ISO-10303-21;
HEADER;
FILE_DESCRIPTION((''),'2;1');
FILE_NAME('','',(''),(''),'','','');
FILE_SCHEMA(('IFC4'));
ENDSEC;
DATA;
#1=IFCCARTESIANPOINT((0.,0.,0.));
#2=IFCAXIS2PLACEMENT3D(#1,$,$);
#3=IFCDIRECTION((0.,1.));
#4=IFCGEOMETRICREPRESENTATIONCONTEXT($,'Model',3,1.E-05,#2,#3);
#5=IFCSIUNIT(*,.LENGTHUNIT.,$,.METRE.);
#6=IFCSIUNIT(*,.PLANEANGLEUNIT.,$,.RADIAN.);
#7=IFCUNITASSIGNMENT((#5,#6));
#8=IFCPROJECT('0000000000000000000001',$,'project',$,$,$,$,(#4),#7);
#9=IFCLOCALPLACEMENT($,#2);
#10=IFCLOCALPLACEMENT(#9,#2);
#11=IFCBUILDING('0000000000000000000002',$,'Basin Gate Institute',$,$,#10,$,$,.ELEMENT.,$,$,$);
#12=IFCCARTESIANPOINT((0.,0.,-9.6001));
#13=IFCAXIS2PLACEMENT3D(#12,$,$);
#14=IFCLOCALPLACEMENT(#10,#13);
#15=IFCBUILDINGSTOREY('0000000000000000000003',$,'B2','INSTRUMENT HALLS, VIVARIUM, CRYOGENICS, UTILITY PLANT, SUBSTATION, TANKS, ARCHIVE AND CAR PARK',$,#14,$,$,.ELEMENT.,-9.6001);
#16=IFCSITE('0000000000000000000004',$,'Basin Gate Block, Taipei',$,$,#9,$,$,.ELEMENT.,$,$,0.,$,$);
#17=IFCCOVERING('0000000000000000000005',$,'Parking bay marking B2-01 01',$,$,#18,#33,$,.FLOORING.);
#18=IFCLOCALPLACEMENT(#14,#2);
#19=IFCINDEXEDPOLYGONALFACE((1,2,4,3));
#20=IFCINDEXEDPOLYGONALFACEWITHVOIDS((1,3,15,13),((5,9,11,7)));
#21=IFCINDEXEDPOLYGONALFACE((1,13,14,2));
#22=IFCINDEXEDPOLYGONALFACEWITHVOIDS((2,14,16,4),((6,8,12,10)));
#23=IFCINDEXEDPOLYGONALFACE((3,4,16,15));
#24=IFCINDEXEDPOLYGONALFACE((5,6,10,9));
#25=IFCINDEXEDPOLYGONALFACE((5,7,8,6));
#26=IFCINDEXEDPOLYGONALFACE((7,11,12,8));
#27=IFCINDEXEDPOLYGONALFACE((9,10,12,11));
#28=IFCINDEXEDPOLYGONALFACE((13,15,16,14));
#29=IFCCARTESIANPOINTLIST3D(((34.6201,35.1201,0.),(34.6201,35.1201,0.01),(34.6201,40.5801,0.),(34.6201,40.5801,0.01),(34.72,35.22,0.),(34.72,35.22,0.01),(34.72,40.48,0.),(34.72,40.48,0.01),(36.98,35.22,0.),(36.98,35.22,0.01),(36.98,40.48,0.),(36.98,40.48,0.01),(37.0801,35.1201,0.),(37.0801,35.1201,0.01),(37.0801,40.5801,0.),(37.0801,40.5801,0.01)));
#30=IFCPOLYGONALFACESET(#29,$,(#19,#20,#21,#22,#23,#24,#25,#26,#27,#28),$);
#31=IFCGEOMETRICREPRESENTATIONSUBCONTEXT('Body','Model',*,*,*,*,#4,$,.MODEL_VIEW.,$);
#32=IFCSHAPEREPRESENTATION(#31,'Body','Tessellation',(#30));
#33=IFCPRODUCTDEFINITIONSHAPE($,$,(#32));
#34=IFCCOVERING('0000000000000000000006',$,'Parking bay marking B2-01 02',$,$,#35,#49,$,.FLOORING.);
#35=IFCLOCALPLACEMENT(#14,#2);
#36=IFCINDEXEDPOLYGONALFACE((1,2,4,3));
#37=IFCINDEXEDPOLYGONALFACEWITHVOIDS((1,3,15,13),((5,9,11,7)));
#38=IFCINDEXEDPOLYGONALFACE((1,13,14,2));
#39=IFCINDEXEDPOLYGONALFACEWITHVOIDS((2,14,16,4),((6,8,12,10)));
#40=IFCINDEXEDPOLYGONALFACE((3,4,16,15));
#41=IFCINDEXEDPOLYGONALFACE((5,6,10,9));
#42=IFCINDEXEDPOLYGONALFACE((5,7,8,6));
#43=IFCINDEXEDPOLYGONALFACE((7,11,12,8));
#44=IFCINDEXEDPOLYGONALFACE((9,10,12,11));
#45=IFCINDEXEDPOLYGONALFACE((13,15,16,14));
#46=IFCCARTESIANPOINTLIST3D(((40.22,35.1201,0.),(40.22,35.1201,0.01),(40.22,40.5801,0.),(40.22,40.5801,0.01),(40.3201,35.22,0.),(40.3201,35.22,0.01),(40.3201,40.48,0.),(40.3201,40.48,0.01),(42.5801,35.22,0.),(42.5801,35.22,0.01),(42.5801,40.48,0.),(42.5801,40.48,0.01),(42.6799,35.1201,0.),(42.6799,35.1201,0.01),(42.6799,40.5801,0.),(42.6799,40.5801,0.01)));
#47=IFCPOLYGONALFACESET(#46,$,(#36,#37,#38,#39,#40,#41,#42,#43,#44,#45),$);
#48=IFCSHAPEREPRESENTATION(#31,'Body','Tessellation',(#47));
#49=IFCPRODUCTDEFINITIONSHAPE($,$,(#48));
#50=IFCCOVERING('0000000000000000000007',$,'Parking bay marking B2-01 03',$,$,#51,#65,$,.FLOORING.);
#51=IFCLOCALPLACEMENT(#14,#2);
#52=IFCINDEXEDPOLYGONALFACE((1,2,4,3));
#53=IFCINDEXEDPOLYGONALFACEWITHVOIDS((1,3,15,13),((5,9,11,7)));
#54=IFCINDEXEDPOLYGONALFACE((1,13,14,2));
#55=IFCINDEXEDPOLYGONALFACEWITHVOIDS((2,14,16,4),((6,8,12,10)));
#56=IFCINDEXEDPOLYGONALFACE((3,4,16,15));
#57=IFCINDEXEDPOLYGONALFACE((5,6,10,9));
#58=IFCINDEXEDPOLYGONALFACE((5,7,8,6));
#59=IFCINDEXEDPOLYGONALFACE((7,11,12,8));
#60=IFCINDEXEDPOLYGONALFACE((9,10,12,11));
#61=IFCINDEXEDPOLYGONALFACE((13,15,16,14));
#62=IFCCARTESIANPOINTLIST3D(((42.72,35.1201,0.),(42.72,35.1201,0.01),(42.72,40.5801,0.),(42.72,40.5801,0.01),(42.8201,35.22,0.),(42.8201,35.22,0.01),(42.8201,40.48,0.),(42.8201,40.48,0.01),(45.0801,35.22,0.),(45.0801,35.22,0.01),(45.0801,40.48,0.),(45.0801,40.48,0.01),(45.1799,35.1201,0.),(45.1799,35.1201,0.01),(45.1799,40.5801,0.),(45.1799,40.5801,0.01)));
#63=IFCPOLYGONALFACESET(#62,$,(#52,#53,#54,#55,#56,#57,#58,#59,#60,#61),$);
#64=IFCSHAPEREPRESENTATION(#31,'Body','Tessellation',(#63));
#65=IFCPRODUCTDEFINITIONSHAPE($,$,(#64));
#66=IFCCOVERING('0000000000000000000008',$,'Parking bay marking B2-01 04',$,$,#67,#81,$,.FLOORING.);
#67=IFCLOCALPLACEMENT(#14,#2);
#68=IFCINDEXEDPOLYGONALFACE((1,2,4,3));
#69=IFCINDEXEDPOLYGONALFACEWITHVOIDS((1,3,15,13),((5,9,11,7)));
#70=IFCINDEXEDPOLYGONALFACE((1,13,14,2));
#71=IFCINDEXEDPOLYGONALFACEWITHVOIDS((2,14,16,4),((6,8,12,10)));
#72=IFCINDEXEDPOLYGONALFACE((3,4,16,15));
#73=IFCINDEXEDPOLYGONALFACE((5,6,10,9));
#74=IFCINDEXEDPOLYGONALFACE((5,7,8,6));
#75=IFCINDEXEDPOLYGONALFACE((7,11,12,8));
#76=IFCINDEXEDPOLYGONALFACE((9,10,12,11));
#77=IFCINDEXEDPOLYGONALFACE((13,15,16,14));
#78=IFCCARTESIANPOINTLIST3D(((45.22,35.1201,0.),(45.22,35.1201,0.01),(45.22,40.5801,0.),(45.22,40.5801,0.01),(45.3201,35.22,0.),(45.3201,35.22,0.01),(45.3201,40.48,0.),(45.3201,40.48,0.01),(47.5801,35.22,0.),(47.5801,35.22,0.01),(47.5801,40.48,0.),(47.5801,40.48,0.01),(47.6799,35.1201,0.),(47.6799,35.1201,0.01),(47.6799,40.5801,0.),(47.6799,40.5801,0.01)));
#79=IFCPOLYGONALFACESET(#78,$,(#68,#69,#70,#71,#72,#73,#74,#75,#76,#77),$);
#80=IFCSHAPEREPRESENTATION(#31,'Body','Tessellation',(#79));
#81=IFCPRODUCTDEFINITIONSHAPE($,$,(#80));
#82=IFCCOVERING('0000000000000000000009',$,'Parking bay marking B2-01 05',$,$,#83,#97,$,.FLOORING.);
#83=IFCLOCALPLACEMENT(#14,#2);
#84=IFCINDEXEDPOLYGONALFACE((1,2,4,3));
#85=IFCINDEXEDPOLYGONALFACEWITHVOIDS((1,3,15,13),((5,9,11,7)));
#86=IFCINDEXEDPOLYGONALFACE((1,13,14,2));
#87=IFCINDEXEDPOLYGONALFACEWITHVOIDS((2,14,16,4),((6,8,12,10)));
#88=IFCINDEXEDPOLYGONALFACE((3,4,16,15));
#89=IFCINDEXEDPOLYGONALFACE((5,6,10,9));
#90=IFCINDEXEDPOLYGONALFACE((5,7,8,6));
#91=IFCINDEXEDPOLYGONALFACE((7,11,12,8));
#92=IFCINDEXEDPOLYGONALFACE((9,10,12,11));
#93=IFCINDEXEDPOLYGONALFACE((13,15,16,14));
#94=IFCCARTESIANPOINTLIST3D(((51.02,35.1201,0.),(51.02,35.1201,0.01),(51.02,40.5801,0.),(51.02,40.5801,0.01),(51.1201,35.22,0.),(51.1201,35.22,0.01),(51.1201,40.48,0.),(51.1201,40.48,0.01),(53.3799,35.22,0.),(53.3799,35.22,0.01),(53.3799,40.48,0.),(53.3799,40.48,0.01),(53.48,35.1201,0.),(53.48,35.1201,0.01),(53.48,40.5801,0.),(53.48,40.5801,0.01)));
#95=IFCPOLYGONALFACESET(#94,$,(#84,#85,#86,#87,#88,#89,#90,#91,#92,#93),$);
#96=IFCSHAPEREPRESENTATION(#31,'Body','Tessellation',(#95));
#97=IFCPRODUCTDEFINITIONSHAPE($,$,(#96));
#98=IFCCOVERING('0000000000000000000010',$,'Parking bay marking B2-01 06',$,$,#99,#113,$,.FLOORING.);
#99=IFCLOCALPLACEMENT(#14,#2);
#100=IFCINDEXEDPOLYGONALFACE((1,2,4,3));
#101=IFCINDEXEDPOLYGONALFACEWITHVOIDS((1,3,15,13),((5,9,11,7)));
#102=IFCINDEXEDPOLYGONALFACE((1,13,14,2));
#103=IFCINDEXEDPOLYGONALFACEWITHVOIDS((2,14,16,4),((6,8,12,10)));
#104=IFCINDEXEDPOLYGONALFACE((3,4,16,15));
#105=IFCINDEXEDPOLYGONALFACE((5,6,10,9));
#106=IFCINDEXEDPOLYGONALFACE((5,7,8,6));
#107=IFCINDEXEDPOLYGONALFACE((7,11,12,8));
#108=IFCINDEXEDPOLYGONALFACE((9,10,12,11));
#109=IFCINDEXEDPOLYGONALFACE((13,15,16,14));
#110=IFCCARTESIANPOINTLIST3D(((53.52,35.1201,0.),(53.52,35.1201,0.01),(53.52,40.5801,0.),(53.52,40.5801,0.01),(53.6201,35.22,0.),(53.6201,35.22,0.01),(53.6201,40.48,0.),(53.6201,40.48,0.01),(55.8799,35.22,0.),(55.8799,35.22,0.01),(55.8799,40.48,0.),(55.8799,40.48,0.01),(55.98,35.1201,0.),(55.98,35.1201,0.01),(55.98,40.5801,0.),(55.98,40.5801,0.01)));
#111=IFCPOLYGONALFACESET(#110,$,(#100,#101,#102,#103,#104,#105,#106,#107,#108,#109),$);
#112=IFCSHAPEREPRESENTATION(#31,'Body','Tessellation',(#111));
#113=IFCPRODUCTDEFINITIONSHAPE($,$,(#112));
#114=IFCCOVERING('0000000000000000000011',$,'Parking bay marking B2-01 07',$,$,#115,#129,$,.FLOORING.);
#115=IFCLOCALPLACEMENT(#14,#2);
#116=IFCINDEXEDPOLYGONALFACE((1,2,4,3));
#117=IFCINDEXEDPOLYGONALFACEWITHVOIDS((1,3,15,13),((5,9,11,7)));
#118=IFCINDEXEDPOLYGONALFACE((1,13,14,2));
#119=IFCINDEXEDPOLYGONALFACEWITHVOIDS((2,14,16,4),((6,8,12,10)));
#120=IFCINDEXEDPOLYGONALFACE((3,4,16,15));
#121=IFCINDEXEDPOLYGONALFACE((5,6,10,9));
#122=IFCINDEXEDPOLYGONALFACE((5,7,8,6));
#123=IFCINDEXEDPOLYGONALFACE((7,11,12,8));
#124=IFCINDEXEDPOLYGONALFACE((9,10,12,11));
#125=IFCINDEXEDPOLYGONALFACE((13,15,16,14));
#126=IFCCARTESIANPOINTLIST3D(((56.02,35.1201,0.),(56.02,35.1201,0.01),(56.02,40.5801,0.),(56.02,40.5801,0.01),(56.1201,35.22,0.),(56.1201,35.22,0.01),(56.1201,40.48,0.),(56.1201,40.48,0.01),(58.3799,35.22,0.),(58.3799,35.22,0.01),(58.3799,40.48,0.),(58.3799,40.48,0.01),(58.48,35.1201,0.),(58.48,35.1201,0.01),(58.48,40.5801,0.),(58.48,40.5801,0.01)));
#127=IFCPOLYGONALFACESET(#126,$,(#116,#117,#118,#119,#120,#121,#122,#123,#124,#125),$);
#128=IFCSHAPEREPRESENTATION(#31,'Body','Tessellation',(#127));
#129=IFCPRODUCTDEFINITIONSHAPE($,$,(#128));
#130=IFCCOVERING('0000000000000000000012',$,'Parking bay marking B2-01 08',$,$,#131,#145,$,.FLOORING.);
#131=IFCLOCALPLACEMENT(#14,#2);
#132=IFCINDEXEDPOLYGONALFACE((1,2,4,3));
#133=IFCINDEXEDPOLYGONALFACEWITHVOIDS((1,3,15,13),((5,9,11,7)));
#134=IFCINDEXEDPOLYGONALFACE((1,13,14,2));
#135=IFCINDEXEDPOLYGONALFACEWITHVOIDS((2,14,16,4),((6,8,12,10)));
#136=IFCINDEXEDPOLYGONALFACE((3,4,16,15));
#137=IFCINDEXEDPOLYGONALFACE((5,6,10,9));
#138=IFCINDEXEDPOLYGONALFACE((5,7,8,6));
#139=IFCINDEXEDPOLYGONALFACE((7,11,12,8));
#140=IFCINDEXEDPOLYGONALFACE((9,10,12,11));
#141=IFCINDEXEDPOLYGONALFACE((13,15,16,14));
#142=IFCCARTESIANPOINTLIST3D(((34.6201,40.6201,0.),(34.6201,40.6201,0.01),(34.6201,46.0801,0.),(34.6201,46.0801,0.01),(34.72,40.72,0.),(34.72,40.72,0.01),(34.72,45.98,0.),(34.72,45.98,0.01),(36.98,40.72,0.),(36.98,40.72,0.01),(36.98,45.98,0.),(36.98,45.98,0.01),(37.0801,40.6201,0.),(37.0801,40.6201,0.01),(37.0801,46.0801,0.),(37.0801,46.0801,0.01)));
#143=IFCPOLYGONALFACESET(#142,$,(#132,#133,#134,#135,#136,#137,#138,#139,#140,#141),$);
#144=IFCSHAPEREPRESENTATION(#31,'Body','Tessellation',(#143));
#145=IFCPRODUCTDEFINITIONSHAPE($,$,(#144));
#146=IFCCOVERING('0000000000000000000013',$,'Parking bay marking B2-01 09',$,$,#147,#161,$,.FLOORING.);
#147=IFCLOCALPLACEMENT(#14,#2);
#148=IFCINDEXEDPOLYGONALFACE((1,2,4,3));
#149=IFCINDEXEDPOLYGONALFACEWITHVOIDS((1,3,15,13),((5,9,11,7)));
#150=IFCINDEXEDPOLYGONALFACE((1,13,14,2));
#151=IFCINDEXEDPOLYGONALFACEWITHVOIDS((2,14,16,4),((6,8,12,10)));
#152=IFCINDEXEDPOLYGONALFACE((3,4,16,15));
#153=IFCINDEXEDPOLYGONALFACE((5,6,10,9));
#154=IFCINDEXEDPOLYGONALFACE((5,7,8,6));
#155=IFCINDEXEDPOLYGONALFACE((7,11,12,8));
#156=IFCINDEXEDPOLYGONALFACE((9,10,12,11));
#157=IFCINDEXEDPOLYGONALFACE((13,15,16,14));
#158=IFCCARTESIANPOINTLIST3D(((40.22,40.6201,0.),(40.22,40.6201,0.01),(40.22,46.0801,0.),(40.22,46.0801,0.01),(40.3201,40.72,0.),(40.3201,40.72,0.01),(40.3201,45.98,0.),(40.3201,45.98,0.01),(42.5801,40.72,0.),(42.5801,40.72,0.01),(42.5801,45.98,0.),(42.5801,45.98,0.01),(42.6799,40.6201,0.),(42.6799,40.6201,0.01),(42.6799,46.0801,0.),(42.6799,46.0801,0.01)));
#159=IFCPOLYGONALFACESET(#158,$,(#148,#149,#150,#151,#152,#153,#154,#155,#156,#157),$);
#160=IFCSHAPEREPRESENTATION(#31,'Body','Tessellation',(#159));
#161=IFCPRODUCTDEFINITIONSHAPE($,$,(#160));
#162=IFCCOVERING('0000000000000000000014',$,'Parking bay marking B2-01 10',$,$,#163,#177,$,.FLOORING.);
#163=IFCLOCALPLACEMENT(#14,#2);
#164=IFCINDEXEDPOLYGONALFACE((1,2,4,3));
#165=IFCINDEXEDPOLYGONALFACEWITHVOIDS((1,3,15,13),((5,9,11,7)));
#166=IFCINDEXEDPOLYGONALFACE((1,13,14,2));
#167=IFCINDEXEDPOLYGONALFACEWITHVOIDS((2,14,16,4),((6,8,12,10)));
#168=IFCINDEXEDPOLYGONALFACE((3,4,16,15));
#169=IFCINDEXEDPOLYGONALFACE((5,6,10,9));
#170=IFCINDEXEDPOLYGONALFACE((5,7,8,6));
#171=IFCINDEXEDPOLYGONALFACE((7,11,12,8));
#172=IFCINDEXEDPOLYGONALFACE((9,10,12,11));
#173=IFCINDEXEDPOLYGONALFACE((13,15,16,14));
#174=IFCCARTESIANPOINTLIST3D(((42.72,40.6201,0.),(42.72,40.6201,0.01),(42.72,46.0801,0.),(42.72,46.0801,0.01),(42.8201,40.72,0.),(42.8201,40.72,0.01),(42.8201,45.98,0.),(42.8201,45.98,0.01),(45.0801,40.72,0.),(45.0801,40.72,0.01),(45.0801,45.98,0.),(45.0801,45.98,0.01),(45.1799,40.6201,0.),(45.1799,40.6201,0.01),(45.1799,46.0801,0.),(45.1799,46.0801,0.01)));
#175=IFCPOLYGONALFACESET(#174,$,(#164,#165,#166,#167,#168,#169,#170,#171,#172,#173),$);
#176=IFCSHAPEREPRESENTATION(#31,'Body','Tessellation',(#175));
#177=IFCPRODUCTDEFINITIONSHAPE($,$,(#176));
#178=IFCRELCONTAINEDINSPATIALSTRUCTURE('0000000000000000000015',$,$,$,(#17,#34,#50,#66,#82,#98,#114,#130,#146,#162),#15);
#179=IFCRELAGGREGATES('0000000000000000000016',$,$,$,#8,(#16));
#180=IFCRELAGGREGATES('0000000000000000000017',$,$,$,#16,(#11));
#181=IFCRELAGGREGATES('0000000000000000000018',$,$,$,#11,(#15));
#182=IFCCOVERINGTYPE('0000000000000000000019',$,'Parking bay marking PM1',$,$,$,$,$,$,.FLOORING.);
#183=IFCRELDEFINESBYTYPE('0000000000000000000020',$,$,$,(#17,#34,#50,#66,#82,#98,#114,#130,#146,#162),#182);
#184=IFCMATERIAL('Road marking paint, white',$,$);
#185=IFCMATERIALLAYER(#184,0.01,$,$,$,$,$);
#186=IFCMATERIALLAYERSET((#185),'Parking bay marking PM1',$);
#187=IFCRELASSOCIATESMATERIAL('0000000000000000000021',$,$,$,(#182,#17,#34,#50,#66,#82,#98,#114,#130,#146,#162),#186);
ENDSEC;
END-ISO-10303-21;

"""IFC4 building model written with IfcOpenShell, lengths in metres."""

from ifc_helpers import new_model, si_unit, direction, frame, origin, place, context, subcontext, project, spatial, polyline, outline, extrude, material, layer, layer_set, type_object, element, save


model = new_model("IFC4")

# Units and contexts
model_context = context("Model", 3, precision=1e-05, world=origin(), true_north=direction((0.0, 1.0)))
body_context = subcontext(model_context, "Body", "Model", "MODEL_VIEW")
ifc_project = project(units=[si_unit("LENGTHUNIT", "METRE"), si_unit("PLANEANGLEUNIT", "RADIAN")], contexts=[model_context])

# Site, building, storey
site_placement = place(None, origin())
site = spatial("IfcSite", under=ifc_project, at=site_placement, Name="Basin Gate Block, Taipei", CompositionType="ELEMENT", RefElevation=0.0)
building_placement = place(site_placement, origin())
building = spatial("IfcBuilding", under=site, at=building_placement, Name="Basin Gate Institute", CompositionType="ELEMENT")
storey_placement = place(building_placement, frame((0.0, 0.0, -9.6001)))
storey = spatial("IfcBuildingStorey", under=building, at=storey_placement, Name="B2", Description="INSTRUMENT HALLS, VIVARIUM, CRYOGENICS, UTILITY PLANT, SUBSTATION, TANKS, ARCHIVE AND CAR PARK", CompositionType="ELEMENT", Elevation=-9.6001)

# Coverings
ifc_material_1 = material(Name="Road marking paint, white")
ifc_layer_1 = layer(ifc_material_1, 0.01)
ifc_layer_set_1 = layer_set([ifc_layer_1], Name="Parking bay marking PM1")
covering_type = type_object("IfcCoveringType", Name="Parking bay marking PM1", PredefinedType="FLOORING", material=ifc_layer_set_1)
covering_1_placement = place(storey_placement, origin())
element("IfcCovering", 1, at=covering_1_placement, inside=storey, type_object=covering_type, material=ifc_layer_set_1, Name="Parking bay marking B2-01 01", PredefinedType="FLOORING", context=body_context, shape_type="SweptSolid", body=[
    extrude(outline(polyline([(34.6201, 35.1201), (37.0801, 35.1201), (37.0801, 40.5801), (34.6201, 40.5801), (34.6201, 35.1201)]), holes=[polyline([(34.72, 35.22), (36.98, 35.22), (36.98, 40.48), (34.72, 40.48), (34.72, 35.22)])]), origin(), (0.0, 0.0, 1.0), 0.01),
])
covering_2_placement = place(storey_placement, origin())
element("IfcCovering", 2, at=covering_2_placement, inside=storey, type_object=covering_type, material=ifc_layer_set_1, Name="Parking bay marking B2-01 02", PredefinedType="FLOORING", context=body_context, shape_type="SweptSolid", body=[
    extrude(outline(polyline([(40.22, 35.1201), (42.6799, 35.1201), (42.6799, 40.5801), (40.22, 40.5801), (40.22, 35.1201)]), holes=[polyline([(40.3201, 35.22), (42.5801, 35.22), (42.5801, 40.48), (40.3201, 40.48), (40.3201, 35.22)])]), origin(), (0.0, 0.0, 1.0), 0.01),
])
covering_3_placement = place(storey_placement, origin())
element("IfcCovering", 3, at=covering_3_placement, inside=storey, type_object=covering_type, material=ifc_layer_set_1, Name="Parking bay marking B2-01 03", PredefinedType="FLOORING", context=body_context, shape_type="SweptSolid", body=[
    extrude(outline(polyline([(42.72, 35.1201), (45.1799, 35.1201), (45.1799, 40.5801), (42.72, 40.5801), (42.72, 35.1201)]), holes=[polyline([(42.8201, 35.22), (45.0801, 35.22), (45.0801, 40.48), (42.8201, 40.48), (42.8201, 35.22)])]), origin(), (0.0, 0.0, 1.0), 0.01),
])
covering_4_placement = place(storey_placement, origin())
element("IfcCovering", 4, at=covering_4_placement, inside=storey, type_object=covering_type, material=ifc_layer_set_1, Name="Parking bay marking B2-01 04", PredefinedType="FLOORING", context=body_context, shape_type="SweptSolid", body=[
    extrude(outline(polyline([(45.22, 35.1201), (47.6799, 35.1201), (47.6799, 40.5801), (45.22, 40.5801), (45.22, 35.1201)]), holes=[polyline([(45.3201, 35.22), (47.5801, 35.22), (47.5801, 40.48), (45.3201, 40.48), (45.3201, 35.22)])]), origin(), (0.0, 0.0, 1.0), 0.01),
])
covering_5_placement = place(storey_placement, origin())
element("IfcCovering", 5, at=covering_5_placement, inside=storey, type_object=covering_type, material=ifc_layer_set_1, Name="Parking bay marking B2-01 05", PredefinedType="FLOORING", context=body_context, shape_type="SweptSolid", body=[
    extrude(outline(polyline([(51.02, 35.1201), (53.48, 35.1201), (53.48, 40.5801), (51.02, 40.5801), (51.02, 35.1201)]), holes=[polyline([(51.1201, 35.22), (53.3799, 35.22), (53.3799, 40.48), (51.1201, 40.48), (51.1201, 35.22)])]), origin(), (0.0, 0.0, 1.0), 0.01),
])
covering_6_placement = place(storey_placement, origin())
element("IfcCovering", 6, at=covering_6_placement, inside=storey, type_object=covering_type, material=ifc_layer_set_1, Name="Parking bay marking B2-01 06", PredefinedType="FLOORING", context=body_context, shape_type="SweptSolid", body=[
    extrude(outline(polyline([(53.52, 35.1201), (55.98, 35.1201), (55.98, 40.5801), (53.52, 40.5801), (53.52, 35.1201)]), holes=[polyline([(53.6201, 35.22), (55.8799, 35.22), (55.8799, 40.48), (53.6201, 40.48), (53.6201, 35.22)])]), origin(), (0.0, 0.0, 1.0), 0.01),
])
covering_7_placement = place(storey_placement, origin())
element("IfcCovering", 7, at=covering_7_placement, inside=storey, type_object=covering_type, material=ifc_layer_set_1, Name="Parking bay marking B2-01 07", PredefinedType="FLOORING", context=body_context, shape_type="SweptSolid", body=[
    extrude(outline(polyline([(56.02, 35.1201), (58.48, 35.1201), (58.48, 40.5801), (56.02, 40.5801), (56.02, 35.1201)]), holes=[polyline([(56.1201, 35.22), (58.3799, 35.22), (58.3799, 40.48), (56.1201, 40.48), (56.1201, 35.22)])]), origin(), (0.0, 0.0, 1.0), 0.01),
])
covering_8_placement = place(storey_placement, origin())
element("IfcCovering", 8, at=covering_8_placement, inside=storey, type_object=covering_type, material=ifc_layer_set_1, Name="Parking bay marking B2-01 08", PredefinedType="FLOORING", context=body_context, shape_type="SweptSolid", body=[
    extrude(outline(polyline([(34.6201, 40.6201), (37.0801, 40.6201), (37.0801, 46.0801), (34.6201, 46.0801), (34.6201, 40.6201)]), holes=[polyline([(34.72, 40.72), (36.98, 40.72), (36.98, 45.98), (34.72, 45.98), (34.72, 40.72)])]), origin(), (0.0, 0.0, 1.0), 0.01),
])
covering_9_placement = place(storey_placement, origin())
element("IfcCovering", 9, at=covering_9_placement, inside=storey, type_object=covering_type, material=ifc_layer_set_1, Name="Parking bay marking B2-01 09", PredefinedType="FLOORING", context=body_context, shape_type="SweptSolid", body=[
    extrude(outline(polyline([(40.22, 40.6201), (42.6799, 40.6201), (42.6799, 46.0801), (40.22, 46.0801), (40.22, 40.6201)]), holes=[polyline([(40.3201, 40.72), (42.5801, 40.72), (42.5801, 45.98), (40.3201, 45.98), (40.3201, 40.72)])]), origin(), (0.0, 0.0, 1.0), 0.01),
])
covering_10_placement = place(storey_placement, origin())
element("IfcCovering", 10, at=covering_10_placement, inside=storey, type_object=covering_type, material=ifc_layer_set_1, Name="Parking bay marking B2-01 10", PredefinedType="FLOORING", context=body_context, shape_type="SweptSolid", body=[
    extrude(outline(polyline([(42.72, 40.6201), (45.1799, 40.6201), (45.1799, 46.0801), (42.72, 46.0801), (42.72, 40.6201)]), holes=[polyline([(42.8201, 40.72), (45.0801, 40.72), (45.0801, 45.98), (42.8201, 45.98), (42.8201, 40.72)])]), origin(), (0.0, 0.0, 1.0), 0.01),
])

save(model, "model.ifc")
